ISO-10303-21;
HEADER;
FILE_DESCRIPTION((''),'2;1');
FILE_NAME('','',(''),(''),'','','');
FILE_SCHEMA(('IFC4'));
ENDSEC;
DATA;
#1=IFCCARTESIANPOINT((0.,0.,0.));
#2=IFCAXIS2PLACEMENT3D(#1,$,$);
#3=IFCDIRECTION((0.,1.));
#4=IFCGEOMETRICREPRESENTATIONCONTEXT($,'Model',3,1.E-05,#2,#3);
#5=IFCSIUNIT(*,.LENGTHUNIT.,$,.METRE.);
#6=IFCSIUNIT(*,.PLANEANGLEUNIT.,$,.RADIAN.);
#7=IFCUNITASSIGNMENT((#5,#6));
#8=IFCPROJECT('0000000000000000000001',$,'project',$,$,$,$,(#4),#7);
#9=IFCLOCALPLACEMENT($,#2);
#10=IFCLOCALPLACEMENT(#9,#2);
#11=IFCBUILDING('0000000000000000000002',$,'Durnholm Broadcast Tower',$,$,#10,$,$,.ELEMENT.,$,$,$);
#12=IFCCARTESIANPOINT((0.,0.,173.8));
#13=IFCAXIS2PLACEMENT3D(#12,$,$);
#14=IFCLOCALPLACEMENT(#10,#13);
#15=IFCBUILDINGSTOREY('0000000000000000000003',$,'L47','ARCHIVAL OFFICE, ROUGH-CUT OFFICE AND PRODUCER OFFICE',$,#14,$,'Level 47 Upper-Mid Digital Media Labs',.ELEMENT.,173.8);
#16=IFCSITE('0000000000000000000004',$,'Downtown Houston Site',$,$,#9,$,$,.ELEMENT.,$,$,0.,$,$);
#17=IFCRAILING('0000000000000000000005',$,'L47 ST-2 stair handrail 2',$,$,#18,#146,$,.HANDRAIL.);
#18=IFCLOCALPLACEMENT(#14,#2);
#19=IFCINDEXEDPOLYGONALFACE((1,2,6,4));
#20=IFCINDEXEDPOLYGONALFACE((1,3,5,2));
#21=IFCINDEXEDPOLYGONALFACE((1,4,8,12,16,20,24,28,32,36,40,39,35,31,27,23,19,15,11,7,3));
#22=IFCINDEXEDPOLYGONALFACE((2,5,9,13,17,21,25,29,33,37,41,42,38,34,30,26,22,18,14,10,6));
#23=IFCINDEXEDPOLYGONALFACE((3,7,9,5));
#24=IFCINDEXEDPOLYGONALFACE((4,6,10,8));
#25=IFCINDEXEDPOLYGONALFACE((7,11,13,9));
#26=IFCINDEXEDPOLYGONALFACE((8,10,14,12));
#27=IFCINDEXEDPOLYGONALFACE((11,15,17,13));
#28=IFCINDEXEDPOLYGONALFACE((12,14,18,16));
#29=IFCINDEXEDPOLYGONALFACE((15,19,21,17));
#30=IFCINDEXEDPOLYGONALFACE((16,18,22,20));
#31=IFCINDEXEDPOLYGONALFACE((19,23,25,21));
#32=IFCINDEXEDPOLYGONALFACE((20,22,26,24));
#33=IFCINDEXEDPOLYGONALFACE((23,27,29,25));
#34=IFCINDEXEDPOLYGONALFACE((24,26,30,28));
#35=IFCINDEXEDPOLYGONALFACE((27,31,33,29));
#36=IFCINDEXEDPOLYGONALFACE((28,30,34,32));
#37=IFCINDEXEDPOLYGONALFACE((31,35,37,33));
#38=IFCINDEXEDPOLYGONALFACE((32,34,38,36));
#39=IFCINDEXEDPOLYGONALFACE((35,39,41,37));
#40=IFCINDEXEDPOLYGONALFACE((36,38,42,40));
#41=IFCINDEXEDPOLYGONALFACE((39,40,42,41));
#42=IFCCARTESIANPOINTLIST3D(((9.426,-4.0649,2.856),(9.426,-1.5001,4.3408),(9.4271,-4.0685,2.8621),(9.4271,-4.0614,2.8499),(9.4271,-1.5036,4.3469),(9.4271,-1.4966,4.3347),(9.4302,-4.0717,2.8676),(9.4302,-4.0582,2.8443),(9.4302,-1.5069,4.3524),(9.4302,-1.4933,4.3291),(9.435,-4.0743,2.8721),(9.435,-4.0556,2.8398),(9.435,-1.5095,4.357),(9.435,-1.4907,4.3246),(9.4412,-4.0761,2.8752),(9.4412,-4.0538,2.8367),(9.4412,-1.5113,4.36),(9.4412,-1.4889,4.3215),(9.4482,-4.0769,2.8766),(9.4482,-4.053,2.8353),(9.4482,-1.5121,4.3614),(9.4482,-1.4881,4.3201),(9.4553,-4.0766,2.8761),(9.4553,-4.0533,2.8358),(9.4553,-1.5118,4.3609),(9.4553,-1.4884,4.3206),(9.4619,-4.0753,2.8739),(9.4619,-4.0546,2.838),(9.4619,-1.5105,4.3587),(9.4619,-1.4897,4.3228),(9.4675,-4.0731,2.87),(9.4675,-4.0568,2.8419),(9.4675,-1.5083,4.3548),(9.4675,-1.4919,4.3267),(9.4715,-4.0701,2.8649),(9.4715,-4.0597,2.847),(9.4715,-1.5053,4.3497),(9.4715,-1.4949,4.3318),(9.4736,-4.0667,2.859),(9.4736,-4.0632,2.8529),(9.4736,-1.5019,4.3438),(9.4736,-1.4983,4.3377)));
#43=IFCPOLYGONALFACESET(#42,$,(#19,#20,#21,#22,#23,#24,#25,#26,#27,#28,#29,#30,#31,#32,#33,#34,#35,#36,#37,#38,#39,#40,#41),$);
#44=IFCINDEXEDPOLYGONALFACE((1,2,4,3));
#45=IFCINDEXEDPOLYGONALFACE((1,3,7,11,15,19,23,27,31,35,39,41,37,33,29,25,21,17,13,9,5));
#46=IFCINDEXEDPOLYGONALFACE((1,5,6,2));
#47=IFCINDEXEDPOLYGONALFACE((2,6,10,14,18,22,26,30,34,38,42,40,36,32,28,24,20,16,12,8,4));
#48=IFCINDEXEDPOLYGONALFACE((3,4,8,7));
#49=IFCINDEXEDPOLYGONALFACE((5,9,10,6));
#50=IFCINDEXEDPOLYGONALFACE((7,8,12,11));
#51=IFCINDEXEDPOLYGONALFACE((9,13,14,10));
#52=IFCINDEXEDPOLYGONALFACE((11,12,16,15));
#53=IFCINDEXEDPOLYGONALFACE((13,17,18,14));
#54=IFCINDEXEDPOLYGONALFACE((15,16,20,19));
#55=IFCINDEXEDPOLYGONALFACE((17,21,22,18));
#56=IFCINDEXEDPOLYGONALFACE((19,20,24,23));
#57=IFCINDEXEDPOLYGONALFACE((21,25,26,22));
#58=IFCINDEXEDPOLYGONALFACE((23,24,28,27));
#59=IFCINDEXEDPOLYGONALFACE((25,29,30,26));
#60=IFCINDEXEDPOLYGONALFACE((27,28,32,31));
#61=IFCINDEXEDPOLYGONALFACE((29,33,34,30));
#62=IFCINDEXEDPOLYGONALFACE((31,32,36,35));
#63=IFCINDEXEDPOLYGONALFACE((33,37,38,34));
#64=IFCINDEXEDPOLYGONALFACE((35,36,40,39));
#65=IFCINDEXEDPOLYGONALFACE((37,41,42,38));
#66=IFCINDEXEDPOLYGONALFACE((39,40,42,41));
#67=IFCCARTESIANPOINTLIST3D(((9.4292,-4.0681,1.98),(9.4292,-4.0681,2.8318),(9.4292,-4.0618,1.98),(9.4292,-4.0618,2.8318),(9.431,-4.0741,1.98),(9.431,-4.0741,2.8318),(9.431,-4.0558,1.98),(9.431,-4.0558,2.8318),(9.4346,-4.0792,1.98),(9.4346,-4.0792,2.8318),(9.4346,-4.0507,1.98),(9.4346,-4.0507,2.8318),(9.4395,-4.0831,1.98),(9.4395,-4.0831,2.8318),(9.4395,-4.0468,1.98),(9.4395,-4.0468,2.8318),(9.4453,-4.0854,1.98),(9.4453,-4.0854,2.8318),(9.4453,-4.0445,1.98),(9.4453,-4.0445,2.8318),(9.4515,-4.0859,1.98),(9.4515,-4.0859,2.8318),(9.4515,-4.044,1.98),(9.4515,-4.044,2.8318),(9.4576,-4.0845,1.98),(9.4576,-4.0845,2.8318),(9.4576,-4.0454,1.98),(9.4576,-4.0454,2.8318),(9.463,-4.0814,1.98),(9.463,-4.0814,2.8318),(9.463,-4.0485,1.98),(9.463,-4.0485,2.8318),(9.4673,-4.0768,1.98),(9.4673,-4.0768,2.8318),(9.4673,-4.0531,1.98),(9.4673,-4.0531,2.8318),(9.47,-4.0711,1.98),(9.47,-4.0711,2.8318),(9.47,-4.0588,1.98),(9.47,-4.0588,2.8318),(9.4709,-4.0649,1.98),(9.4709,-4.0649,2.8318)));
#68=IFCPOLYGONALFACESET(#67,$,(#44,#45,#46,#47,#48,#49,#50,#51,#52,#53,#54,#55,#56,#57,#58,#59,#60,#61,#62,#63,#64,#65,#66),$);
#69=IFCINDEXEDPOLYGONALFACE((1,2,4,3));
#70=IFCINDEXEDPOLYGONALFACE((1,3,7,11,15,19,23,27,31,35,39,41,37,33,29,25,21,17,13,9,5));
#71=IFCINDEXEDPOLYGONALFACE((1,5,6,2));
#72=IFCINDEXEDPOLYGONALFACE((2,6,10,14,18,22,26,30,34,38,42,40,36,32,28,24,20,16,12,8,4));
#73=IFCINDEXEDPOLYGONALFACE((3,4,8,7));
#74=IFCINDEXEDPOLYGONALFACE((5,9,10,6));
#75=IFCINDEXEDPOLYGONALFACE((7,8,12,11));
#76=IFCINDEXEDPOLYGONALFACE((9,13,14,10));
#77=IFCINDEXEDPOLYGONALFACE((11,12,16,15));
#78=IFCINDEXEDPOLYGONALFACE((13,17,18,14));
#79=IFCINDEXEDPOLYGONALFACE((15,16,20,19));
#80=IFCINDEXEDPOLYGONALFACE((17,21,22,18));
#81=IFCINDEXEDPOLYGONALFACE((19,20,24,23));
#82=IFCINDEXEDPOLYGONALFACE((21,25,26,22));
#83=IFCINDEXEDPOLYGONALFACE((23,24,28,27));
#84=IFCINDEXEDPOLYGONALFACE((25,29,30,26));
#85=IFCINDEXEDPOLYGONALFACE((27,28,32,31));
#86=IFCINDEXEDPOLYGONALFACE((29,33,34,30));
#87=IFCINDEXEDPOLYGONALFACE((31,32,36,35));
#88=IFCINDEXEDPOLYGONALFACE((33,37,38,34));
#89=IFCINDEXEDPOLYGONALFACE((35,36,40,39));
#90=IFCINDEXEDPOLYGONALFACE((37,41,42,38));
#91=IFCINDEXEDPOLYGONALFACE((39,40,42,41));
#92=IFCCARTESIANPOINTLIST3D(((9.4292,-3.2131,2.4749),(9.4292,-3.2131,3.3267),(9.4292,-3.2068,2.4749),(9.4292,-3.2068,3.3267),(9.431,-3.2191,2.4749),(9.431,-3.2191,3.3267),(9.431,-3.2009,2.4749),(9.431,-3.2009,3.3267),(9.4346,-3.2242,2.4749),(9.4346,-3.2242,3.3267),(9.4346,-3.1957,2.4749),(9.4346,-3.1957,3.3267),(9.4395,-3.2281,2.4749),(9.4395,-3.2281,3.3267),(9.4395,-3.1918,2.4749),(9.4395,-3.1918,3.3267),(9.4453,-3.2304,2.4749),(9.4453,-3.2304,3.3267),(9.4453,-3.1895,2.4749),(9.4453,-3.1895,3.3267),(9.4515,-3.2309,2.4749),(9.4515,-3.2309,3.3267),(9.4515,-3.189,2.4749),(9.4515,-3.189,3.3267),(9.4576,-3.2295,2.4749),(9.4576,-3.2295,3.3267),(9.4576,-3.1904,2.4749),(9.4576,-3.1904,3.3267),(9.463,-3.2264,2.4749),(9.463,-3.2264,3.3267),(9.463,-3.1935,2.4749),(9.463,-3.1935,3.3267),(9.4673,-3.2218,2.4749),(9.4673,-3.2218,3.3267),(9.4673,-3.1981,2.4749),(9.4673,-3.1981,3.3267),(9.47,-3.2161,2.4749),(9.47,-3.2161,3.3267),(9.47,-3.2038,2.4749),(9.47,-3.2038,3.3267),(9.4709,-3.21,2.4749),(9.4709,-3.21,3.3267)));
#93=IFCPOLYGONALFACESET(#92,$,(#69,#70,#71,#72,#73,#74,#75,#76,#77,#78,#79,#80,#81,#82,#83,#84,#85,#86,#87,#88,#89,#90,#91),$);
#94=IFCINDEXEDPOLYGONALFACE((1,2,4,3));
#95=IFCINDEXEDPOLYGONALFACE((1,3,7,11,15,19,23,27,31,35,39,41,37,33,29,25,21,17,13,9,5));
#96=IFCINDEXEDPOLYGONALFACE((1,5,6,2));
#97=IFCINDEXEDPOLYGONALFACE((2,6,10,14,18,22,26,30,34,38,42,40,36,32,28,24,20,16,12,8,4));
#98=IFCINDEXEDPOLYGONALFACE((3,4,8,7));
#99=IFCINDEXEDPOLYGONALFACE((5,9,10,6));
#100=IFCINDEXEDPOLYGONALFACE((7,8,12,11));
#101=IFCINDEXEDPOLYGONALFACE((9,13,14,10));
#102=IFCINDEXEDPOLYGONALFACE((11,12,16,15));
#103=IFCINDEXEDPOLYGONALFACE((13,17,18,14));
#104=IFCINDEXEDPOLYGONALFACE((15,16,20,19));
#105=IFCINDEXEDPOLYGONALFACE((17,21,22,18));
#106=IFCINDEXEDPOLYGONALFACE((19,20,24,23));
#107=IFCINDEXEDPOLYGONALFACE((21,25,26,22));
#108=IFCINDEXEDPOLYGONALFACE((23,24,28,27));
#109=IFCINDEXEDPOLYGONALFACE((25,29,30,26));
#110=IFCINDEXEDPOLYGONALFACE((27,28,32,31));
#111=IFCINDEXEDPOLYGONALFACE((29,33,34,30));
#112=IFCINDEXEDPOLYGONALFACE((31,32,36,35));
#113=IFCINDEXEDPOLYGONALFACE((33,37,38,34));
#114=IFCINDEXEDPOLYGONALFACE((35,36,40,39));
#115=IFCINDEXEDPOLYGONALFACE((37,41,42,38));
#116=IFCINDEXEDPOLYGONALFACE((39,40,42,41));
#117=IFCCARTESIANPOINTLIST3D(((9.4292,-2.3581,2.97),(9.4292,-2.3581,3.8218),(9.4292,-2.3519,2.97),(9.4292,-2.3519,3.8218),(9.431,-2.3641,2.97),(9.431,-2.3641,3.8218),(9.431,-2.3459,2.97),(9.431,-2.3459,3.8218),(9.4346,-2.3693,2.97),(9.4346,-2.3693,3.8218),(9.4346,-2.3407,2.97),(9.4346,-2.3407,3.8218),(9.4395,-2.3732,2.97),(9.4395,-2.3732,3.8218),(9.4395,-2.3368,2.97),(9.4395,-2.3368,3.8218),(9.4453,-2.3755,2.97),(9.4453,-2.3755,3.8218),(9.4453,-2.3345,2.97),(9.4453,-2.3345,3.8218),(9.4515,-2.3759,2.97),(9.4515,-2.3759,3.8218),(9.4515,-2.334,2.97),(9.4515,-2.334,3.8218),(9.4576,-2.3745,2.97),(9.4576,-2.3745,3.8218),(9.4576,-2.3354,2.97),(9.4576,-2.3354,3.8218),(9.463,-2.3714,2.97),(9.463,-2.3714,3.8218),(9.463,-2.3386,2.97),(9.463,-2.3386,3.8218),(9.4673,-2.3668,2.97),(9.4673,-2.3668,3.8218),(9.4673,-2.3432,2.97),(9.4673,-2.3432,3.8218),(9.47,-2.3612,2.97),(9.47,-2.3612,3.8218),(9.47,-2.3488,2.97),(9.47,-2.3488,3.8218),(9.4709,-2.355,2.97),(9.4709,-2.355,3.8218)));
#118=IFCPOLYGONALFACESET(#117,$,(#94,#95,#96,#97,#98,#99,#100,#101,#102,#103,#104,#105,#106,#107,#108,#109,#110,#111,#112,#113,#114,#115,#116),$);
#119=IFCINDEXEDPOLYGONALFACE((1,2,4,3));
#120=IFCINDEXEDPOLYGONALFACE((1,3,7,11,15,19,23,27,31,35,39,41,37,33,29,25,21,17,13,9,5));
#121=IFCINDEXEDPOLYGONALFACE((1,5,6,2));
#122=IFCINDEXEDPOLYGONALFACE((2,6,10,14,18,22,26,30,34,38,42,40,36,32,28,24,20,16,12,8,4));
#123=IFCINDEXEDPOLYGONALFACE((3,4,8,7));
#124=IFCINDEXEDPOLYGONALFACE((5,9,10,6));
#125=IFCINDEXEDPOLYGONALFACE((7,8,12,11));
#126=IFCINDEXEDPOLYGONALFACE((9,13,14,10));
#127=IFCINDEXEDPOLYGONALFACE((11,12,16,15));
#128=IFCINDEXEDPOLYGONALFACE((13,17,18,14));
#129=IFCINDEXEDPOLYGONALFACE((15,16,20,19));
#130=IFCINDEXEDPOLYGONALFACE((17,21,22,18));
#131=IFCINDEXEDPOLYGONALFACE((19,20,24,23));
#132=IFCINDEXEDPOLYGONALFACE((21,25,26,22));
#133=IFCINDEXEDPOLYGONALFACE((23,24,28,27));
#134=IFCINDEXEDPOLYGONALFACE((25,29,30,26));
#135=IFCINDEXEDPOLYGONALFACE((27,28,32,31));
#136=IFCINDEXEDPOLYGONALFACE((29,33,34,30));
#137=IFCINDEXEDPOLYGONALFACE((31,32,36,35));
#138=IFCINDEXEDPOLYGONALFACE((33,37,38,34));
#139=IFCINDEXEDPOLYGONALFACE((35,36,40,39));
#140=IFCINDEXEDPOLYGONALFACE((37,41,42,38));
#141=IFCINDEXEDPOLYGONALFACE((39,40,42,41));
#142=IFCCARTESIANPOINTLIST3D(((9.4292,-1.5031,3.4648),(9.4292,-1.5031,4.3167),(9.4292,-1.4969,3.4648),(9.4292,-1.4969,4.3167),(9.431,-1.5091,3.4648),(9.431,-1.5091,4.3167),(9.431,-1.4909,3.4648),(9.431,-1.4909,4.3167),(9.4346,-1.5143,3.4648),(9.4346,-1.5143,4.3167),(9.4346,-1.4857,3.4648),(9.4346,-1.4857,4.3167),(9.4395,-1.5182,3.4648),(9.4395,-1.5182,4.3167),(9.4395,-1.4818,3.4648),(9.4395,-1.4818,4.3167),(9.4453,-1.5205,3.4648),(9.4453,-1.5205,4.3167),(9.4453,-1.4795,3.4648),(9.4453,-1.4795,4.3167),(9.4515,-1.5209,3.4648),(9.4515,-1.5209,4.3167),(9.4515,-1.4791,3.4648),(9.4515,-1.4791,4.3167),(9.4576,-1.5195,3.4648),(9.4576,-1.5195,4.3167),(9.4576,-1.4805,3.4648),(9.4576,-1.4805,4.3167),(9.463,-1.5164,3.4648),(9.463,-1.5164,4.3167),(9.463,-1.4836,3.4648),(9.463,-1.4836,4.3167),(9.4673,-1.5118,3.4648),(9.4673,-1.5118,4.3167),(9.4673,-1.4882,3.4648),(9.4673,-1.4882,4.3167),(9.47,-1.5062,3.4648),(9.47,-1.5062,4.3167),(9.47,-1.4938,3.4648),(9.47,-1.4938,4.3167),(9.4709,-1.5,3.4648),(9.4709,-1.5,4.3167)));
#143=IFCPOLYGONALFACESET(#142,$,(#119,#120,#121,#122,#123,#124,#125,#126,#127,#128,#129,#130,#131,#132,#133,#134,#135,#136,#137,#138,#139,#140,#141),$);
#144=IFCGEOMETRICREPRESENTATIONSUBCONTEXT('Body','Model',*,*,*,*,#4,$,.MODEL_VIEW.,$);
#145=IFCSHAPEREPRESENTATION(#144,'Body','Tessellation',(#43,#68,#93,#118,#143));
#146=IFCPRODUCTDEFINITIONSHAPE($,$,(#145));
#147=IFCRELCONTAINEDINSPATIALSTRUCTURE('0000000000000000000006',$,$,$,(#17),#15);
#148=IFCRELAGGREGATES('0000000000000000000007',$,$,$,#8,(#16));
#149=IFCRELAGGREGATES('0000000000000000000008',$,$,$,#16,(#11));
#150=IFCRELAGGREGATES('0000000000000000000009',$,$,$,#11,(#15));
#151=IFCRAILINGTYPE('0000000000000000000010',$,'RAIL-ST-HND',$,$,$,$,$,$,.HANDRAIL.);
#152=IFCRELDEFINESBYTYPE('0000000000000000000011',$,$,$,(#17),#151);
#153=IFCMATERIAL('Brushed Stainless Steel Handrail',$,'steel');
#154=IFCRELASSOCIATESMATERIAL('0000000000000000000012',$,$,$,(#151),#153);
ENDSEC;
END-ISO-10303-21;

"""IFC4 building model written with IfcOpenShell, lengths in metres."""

from ifc_helpers import new_model, si_unit, direction, frame, origin, origin_2d, place, context, subcontext, project, spatial, circle, extrude, material, type_object, element, save


model = new_model("IFC4")

# Units and contexts
model_context = context("Model", 3, precision=1e-05, world=origin(), true_north=direction((0.0, 1.0)))
body_context = subcontext(model_context, "Body", "Model", "MODEL_VIEW")
ifc_project = project(units=[si_unit("LENGTHUNIT", "METRE"), si_unit("PLANEANGLEUNIT", "RADIAN")], contexts=[model_context])

# Site, building, storey
site_placement = place(None, origin())
site = spatial("IfcSite", under=ifc_project, at=site_placement, Name="Downtown Houston Site", CompositionType="ELEMENT", RefElevation=0.0)
building_placement = place(site_placement, origin())
building = spatial("IfcBuilding", under=site, at=building_placement, Name="Durnholm Broadcast Tower", CompositionType="ELEMENT")
storey_placement = place(building_placement, frame((0.0, 0.0, 173.8)))
storey = spatial("IfcBuildingStorey", under=building, at=storey_placement, Name="L47", Description="ARCHIVAL OFFICE, ROUGH-CUT OFFICE AND PRODUCER OFFICE", LongName="Level 47 Upper-Mid Digital Media Labs", CompositionType="ELEMENT", Elevation=173.8)

# Railing
ifc_material_1 = material(Name="Brushed Stainless Steel Handrail", Category="steel")
railing_type_1 = type_object("IfcRailingType", Name="RAIL-ST-HND", PredefinedType="HANDRAIL", material=ifc_material_1)
railing_1_placement = place(storey_placement, frame((9.45, -4.0649, 1.98)))
element("IfcRailing", 1, at=railing_1_placement, inside=storey, type_object=railing_type_1, Name="L47 ST-2 stair handrail 2", PredefinedType="HANDRAIL", context=body_context, shape_type="SweptSolid", body=[
    extrude(circle(Radius=0.0239, at=origin_2d()), frame((0.0, 0.0, 0.876), z_axis=(0.0, 0.865441, 0.50101), x_axis=(-1.0, 0.0, 0.0)), (0.0, 0.0, 1.0), 2.9636),
    extrude(circle(Radius=0.021, at=origin_2d()), origin(), (0.0, 0.0, 1.0), 0.8518),
    extrude(circle(Radius=0.021, at=origin_2d()), frame((0.0, 0.855, 0.4949)), (0.0, 0.0, 1.0), 0.8518),
    extrude(circle(Radius=0.021, at=origin_2d()), frame((0.0, 1.71, 0.99)), (0.0, 0.0, 1.0), 0.8518),
    extrude(circle(Radius=0.021, at=origin_2d()), frame((0.0, 2.5649, 1.4849)), (0.0, 0.0, 1.0), 0.8518),
])

save(model, "model.ifc")
